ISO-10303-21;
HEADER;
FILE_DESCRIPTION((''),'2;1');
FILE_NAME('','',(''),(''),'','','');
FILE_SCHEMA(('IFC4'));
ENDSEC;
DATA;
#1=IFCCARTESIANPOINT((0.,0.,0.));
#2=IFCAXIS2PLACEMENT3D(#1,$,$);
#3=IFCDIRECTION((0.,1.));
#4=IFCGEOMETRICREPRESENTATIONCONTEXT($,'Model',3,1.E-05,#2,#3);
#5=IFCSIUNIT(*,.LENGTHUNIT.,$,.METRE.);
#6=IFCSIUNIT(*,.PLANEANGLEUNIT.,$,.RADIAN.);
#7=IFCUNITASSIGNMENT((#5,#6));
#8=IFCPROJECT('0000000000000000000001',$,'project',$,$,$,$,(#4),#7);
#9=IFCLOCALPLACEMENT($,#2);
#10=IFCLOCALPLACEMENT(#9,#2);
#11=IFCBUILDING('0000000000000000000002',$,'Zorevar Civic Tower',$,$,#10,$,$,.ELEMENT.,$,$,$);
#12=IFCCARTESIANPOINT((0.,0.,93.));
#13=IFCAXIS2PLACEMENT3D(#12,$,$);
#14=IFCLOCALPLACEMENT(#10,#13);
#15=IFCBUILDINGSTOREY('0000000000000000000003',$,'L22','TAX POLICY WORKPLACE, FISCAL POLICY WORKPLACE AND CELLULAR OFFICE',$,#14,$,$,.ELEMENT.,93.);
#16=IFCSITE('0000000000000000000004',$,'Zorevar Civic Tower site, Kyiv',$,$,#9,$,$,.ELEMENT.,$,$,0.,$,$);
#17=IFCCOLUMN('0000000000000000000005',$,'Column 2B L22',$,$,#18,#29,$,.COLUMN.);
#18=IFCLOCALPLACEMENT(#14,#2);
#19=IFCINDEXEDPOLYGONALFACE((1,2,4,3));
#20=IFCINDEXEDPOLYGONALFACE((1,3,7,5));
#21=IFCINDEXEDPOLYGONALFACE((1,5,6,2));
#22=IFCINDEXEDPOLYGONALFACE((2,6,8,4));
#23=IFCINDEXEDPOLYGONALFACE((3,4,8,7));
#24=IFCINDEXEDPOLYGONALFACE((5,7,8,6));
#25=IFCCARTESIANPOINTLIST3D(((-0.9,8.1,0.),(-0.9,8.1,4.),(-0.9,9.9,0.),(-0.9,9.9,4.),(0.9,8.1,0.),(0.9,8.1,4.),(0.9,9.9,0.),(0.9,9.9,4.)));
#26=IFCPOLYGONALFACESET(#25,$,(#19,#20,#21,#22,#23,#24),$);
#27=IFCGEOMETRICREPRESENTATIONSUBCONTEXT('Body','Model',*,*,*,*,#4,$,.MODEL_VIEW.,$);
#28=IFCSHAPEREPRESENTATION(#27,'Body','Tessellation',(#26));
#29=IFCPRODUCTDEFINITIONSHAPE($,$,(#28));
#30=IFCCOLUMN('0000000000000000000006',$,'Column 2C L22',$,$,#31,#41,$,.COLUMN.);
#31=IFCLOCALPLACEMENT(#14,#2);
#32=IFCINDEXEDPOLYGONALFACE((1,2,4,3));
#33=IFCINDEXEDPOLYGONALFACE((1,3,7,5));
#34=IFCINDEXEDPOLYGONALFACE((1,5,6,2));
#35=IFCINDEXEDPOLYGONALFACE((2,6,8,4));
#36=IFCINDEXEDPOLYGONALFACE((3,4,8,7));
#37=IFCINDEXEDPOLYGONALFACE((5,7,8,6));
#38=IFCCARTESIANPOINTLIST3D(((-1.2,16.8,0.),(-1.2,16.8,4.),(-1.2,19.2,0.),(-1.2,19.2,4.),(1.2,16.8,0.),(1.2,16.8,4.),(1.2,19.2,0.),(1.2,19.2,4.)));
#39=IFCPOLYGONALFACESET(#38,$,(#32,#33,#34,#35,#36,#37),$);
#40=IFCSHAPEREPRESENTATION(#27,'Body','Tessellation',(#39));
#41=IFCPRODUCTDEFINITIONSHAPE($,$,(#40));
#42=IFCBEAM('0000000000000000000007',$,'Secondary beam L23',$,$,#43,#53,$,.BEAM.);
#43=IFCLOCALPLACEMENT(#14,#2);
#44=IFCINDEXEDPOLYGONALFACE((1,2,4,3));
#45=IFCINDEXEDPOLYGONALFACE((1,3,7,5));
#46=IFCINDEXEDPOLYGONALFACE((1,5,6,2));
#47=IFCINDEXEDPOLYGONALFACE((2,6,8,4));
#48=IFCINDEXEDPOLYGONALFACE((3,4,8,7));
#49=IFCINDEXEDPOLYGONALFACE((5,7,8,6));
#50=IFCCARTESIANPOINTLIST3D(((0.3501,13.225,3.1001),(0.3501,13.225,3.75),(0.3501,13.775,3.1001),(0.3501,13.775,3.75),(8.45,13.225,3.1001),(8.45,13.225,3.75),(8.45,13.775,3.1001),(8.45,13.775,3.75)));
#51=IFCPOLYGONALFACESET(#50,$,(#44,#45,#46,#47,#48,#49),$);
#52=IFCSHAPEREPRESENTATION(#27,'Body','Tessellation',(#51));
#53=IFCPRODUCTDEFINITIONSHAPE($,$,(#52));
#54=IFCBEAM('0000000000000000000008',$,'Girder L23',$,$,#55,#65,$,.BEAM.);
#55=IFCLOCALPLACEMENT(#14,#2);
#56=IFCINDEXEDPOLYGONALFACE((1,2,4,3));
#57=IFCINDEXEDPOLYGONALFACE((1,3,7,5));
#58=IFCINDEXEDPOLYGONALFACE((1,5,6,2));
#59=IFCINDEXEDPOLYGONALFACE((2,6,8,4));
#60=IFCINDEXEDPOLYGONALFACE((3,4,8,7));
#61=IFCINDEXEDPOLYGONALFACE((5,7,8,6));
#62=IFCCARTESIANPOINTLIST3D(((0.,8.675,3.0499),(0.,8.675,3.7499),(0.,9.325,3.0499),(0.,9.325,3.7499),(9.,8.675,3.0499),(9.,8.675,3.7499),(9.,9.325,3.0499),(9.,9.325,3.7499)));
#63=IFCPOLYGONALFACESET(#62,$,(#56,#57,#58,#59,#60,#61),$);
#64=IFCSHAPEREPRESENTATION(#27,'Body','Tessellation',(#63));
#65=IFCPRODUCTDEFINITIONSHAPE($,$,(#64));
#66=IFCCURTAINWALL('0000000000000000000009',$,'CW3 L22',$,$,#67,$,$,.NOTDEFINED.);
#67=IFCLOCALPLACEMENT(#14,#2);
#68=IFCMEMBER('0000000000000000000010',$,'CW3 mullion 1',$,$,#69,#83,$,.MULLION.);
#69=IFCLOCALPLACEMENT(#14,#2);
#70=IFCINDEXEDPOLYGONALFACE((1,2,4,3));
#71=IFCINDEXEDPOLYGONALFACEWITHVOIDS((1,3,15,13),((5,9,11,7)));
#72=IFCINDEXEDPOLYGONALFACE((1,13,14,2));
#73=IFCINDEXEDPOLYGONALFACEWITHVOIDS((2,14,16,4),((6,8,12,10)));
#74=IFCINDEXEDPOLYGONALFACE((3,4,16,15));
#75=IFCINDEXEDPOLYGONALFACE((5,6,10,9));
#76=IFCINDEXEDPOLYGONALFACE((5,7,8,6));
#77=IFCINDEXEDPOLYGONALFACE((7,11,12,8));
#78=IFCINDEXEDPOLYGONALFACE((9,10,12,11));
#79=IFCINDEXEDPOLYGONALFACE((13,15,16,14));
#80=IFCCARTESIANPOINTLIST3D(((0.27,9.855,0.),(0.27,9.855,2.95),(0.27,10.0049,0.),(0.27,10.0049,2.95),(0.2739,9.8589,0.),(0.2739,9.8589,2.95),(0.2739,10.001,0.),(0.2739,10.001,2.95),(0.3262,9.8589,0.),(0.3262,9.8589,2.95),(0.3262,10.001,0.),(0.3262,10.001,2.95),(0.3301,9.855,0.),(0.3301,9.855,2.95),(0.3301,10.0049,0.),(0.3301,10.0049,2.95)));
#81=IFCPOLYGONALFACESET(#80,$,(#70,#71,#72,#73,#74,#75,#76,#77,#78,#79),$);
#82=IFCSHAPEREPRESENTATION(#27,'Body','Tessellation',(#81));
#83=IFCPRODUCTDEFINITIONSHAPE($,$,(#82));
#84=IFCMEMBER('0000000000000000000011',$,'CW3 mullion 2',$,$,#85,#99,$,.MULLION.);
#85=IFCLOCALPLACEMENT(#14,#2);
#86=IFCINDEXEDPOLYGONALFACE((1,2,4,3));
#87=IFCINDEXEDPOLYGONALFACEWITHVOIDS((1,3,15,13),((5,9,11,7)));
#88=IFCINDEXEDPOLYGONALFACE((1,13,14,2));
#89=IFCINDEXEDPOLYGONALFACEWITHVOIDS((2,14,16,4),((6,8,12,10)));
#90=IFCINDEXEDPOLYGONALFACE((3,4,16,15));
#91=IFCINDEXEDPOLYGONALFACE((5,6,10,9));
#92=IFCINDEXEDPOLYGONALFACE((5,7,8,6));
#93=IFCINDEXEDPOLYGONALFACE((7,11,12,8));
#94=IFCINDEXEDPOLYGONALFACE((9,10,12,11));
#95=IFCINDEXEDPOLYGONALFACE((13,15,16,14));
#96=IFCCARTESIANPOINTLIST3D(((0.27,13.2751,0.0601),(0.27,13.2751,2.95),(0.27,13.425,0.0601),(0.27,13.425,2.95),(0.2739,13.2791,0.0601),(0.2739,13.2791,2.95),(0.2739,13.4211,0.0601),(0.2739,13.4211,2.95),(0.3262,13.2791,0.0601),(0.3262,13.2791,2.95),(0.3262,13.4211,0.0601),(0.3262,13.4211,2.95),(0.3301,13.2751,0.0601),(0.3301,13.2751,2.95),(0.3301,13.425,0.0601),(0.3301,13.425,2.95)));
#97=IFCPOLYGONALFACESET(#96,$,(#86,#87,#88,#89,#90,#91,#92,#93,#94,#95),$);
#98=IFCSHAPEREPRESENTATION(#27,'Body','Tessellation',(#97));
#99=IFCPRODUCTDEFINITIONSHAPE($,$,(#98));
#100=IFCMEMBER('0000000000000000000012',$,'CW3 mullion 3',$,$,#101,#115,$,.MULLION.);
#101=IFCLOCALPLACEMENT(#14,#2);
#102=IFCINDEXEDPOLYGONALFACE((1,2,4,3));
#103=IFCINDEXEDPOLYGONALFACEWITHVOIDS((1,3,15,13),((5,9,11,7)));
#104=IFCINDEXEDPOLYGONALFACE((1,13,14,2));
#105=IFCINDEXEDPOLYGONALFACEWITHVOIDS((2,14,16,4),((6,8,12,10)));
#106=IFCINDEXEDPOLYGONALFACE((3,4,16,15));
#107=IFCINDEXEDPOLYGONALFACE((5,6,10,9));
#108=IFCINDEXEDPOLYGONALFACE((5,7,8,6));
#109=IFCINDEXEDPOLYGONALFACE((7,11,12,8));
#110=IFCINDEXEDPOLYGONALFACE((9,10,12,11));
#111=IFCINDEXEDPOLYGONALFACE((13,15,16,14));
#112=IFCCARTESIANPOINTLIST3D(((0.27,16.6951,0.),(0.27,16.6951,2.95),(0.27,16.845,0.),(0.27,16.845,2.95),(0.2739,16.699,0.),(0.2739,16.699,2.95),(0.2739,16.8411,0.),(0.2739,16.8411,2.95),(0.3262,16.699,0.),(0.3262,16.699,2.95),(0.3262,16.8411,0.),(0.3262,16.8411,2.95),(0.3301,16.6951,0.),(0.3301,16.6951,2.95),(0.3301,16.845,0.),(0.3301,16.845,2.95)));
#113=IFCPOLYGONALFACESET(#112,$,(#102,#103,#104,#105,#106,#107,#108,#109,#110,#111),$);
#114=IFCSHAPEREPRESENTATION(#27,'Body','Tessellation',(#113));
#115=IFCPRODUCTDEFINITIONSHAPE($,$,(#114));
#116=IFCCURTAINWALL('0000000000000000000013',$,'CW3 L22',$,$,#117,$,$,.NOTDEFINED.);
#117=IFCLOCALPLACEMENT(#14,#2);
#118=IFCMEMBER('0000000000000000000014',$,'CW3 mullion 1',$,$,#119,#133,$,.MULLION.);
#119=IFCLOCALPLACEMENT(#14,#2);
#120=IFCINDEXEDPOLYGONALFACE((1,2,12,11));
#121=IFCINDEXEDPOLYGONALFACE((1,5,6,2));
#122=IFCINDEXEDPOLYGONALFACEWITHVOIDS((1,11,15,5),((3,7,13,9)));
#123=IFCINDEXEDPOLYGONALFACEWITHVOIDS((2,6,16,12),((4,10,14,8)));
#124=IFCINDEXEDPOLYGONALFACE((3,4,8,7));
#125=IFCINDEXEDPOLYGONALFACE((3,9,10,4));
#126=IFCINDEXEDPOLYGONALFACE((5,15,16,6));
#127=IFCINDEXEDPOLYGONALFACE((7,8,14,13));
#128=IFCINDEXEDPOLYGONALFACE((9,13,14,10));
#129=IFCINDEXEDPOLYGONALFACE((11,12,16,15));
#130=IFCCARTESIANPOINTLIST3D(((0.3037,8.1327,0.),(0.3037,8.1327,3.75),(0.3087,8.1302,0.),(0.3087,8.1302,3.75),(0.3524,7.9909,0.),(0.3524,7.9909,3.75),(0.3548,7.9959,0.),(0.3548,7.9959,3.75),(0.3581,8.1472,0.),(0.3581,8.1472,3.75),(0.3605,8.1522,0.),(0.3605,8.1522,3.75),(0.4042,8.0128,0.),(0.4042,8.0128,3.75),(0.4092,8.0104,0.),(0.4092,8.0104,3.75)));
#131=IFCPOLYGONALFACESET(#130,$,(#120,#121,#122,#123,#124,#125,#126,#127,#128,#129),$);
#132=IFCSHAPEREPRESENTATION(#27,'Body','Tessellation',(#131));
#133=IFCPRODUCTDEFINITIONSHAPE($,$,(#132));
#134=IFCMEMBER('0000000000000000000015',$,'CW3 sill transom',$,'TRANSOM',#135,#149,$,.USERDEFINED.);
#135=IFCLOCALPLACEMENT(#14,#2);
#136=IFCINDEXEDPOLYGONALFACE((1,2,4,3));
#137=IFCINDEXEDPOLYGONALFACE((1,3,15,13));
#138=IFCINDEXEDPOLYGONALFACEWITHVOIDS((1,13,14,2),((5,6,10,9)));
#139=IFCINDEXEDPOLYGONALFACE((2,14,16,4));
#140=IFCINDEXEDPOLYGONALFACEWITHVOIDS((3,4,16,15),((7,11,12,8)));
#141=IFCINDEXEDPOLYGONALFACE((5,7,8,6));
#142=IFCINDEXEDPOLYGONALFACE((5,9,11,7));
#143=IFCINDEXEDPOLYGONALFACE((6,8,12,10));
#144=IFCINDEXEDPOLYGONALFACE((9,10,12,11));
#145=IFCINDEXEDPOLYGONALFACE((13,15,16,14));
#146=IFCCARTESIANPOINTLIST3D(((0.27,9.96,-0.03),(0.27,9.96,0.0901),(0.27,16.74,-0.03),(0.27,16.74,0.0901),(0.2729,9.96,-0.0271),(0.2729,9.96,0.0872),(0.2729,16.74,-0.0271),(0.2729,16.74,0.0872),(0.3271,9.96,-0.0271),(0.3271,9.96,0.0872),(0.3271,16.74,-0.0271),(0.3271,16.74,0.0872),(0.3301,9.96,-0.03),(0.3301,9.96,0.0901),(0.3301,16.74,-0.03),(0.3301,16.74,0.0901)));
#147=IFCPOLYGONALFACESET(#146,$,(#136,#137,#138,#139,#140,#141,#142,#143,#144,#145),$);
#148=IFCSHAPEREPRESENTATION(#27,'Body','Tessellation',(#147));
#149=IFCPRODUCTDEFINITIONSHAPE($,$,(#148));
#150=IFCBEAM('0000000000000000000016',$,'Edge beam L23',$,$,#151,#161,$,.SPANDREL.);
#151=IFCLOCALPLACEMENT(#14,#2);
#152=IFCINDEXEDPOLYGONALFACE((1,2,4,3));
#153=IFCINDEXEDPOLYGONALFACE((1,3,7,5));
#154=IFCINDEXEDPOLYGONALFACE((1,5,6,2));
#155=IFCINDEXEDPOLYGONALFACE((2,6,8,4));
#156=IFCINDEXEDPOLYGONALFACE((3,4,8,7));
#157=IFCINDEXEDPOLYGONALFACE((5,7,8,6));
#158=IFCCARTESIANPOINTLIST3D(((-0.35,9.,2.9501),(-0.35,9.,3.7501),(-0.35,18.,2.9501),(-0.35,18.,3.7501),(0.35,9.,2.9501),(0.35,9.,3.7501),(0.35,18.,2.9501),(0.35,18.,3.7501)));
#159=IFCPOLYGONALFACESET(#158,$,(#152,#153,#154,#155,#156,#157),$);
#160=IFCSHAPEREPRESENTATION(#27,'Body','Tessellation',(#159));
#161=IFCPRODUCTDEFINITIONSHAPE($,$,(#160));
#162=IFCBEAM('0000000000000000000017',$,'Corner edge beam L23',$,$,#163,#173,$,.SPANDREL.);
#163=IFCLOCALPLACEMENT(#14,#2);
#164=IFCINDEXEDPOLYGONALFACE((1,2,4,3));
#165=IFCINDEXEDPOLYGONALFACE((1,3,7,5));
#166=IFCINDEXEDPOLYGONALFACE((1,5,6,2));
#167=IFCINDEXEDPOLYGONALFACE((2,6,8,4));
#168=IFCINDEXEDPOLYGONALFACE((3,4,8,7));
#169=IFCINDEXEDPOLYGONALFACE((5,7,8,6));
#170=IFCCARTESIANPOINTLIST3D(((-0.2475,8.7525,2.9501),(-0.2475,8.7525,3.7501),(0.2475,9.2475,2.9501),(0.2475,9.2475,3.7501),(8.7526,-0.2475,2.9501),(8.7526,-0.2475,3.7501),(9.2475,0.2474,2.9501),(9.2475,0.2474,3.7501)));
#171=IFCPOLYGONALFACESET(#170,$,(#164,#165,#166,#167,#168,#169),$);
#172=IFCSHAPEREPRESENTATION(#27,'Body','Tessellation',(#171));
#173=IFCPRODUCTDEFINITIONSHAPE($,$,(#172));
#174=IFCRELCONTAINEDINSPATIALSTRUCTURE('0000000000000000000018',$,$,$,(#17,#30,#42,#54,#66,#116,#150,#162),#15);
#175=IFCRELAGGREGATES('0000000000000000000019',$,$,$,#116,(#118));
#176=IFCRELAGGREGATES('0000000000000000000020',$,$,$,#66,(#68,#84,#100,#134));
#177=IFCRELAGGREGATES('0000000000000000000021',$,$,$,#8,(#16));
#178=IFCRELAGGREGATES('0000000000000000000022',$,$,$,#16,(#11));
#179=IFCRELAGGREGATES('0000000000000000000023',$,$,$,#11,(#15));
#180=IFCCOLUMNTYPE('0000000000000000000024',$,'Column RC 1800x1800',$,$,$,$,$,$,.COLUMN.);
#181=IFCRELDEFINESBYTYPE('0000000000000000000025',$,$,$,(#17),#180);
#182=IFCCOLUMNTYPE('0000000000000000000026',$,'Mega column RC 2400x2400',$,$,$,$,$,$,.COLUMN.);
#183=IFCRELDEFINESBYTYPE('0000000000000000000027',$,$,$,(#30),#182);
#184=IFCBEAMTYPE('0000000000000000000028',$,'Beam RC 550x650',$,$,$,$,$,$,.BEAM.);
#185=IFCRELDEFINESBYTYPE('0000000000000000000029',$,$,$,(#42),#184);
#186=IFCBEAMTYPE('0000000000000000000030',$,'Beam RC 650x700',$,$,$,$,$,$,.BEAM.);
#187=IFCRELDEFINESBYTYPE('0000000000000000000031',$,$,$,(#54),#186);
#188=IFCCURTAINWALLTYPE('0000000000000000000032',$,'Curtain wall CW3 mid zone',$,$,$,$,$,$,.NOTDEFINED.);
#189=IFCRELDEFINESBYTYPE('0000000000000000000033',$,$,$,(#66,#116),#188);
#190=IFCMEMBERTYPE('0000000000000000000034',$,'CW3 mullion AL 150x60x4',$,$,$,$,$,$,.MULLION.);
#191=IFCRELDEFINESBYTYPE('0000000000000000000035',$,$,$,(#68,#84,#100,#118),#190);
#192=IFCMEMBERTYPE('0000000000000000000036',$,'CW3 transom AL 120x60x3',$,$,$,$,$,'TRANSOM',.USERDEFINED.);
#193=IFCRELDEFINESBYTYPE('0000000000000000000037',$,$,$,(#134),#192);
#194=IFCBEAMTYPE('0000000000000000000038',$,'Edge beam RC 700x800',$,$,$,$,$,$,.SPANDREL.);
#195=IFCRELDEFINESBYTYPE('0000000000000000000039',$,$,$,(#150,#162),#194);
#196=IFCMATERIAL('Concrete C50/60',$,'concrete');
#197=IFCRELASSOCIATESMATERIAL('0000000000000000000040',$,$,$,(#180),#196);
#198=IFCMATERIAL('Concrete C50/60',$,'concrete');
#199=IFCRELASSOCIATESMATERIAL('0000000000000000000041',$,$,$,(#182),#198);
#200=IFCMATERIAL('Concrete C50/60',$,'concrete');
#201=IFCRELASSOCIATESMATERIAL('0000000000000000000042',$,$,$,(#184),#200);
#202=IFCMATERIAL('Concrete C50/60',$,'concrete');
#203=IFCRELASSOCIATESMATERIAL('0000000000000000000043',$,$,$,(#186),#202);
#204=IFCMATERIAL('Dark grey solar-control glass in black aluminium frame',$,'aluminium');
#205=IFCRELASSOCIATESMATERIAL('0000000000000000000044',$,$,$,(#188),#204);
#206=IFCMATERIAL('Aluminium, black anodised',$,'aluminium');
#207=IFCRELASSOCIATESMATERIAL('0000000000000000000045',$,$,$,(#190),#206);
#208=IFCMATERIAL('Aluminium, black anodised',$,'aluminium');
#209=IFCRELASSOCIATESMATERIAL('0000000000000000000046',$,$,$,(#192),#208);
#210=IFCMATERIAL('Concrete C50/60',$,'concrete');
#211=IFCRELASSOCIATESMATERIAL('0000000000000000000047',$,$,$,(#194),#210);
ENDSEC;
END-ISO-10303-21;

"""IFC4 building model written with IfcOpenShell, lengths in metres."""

from ifc_helpers import new_model, si_unit, direction, frame, origin, origin_2d, place, context, subcontext, project, spatial, rectangle, hollow_rectangle, extrude, material, material_profile, profile_set, type_object, element, aggregate, save


model = new_model("IFC4")

# Units and contexts
model_context = context("Model", 3, precision=1e-05, world=origin(), true_north=direction((0.0, 1.0)))
body_context = subcontext(model_context, "Body", "Model", "MODEL_VIEW")
ifc_project = project(units=[si_unit("LENGTHUNIT", "METRE"), si_unit("PLANEANGLEUNIT", "RADIAN")], contexts=[model_context])

# Site, building, storey
site_placement = place(None, origin())
site = spatial("IfcSite", under=ifc_project, at=site_placement, Name="Zorevar Civic Tower site, Kyiv", CompositionType="ELEMENT", RefElevation=0.0)
building_placement = place(site_placement, origin())
building = spatial("IfcBuilding", under=site, at=building_placement, Name="Zorevar Civic Tower", CompositionType="ELEMENT")
storey_placement = place(building_placement, frame((0.0, 0.0, 93.0)))
storey = spatial("IfcBuildingStorey", under=building, at=storey_placement, Name="L22", Description="TAX POLICY WORKPLACE, FISCAL POLICY WORKPLACE AND CELLULAR OFFICE", CompositionType="ELEMENT", Elevation=93.0)

# Columns
ifc_material_1 = material(Name="Concrete C50/60", Category="concrete")
ifc_material_profile_1 = material_profile(ifc_material_1, rectangle(XDim=1.8, YDim=1.8, at=origin_2d()), Name="RC 1800x1800")
ifc_profile_set_1 = profile_set([ifc_material_profile_1], Name="Concrete C50/60")
column_type_1 = type_object("IfcColumnType", Name="Column RC 1800x1800", PredefinedType="COLUMN", material=ifc_profile_set_1)
column_1_placement = place(storey_placement, frame((0.0, 9.0, 0.0), z_axis=(0.0, 0.0, 1.0), x_axis=(1.0, 0.0, 0.0)))
element("IfcColumn", 1, at=column_1_placement, inside=storey, type_object=column_type_1, Name="Column 2B L22", PredefinedType="COLUMN", context=body_context, shape_type="SweptSolid", body=[
    extrude(rectangle(XDim=1.8, YDim=1.8, at=origin_2d()), origin(), (0.0, 0.0, 1.0), 4.0),
])
ifc_material_2 = material(Name="Concrete C50/60", Category="concrete")
ifc_material_profile_2 = material_profile(ifc_material_2, rectangle(XDim=2.3999, YDim=2.3999, at=origin_2d()), Name="RC 2400x2400")
ifc_profile_set_2 = profile_set([ifc_material_profile_2], Name="Concrete C50/60")
column_type_2 = type_object("IfcColumnType", Name="Mega column RC 2400x2400", PredefinedType="COLUMN", material=ifc_profile_set_2)
column_2_placement = place(storey_placement, frame((0.0, 18.0, 0.0), z_axis=(0.0, 0.0, 1.0), x_axis=(1.0, 0.0, 0.0)))
element("IfcColumn", 2, at=column_2_placement, inside=storey, type_object=column_type_2, Name="Column 2C L22", PredefinedType="COLUMN", context=body_context, shape_type="SweptSolid", body=[
    extrude(rectangle(XDim=2.3999, YDim=2.3999, at=origin_2d()), origin(), (0.0, 0.0, 1.0), 4.0),
])

# Beams
ifc_material_3 = material(Name="Concrete C50/60", Category="concrete")
ifc_material_profile_3 = material_profile(ifc_material_3, rectangle(XDim=0.55, YDim=0.6499, at=origin_2d()), Name="RC 550x650")
ifc_profile_set_3 = profile_set([ifc_material_profile_3], Name="Concrete C50/60")
beam_type_1 = type_object("IfcBeamType", Name="Beam RC 550x650", PredefinedType="BEAM", material=ifc_profile_set_3)
beam_1_placement = place(storey_placement, frame((0.3501, 13.5, 3.425), z_axis=(1.0, 0.0, 0.0), x_axis=(0.0, 1.0, 0.0)))
element("IfcBeam", 3, at=beam_1_placement, inside=storey, type_object=beam_type_1, Name="Secondary beam L23", PredefinedType="BEAM", context=body_context, shape_type="SweptSolid", body=[
    extrude(rectangle(XDim=0.55, YDim=0.6499, at=origin_2d()), origin(), (0.0, 0.0, 1.0), 8.0999),
])
ifc_material_4 = material(Name="Concrete C50/60", Category="concrete")
ifc_material_profile_4 = material_profile(ifc_material_4, rectangle(XDim=0.6499, YDim=0.7, at=origin_2d()), Name="RC 650x700")
ifc_profile_set_4 = profile_set([ifc_material_profile_4], Name="Concrete C50/60")
beam_type_2 = type_object("IfcBeamType", Name="Beam RC 650x700", PredefinedType="BEAM", material=ifc_profile_set_4)
beam_2_placement = place(storey_placement, frame((0.0, 9.0, 3.3999), z_axis=(1.0, 0.0, 0.0), x_axis=(0.0, 1.0, 0.0)))
element("IfcBeam", 4, at=beam_2_placement, inside=storey, type_object=beam_type_2, Name="Girder L23", PredefinedType="BEAM", context=body_context, shape_type="SweptSolid", body=[
    extrude(rectangle(XDim=0.6499, YDim=0.7, at=origin_2d()), origin(), (0.0, 0.0, 1.0), 9.0),
])

# Curtain wall, members
ifc_material_5 = material(Name="Dark grey solar-control glass in black aluminium frame", Category="aluminium")
curtain_wall_type = type_object("IfcCurtainWallType", Name="Curtain wall CW3 mid zone", PredefinedType="NOTDEFINED", material=ifc_material_5)
curtain_wall_1_placement = place(storey_placement, origin())
curtain_wall_1 = element("IfcCurtainWall", 5, at=curtain_wall_1_placement, inside=storey, type_object=curtain_wall_type, Name="CW3 L22", PredefinedType="NOTDEFINED")
ifc_material_6 = material(Name="Aluminium, black anodised", Category="aluminium")
ifc_material_profile_5 = material_profile(ifc_material_6, hollow_rectangle(XDim=0.0601, YDim=0.1499, WallThickness=0.0039, at=origin_2d()), Name="AL 150x60x4")
ifc_profile_set_5 = profile_set([ifc_material_profile_5], Name="Aluminium, black anodised")
member_type_1 = type_object("IfcMemberType", Name="CW3 mullion AL 150x60x4", PredefinedType="MULLION", material=ifc_profile_set_5)
member_1_placement = place(storey_placement, frame((0.3, 9.9299, 0.0), z_axis=(0.0, 0.0, 1.0), x_axis=(-1.0, 0.0, 0.0)))
member_1 = element("IfcMember", 6, at=member_1_placement, type_object=member_type_1, Name="CW3 mullion 1", PredefinedType="MULLION", context=body_context, shape_type="SweptSolid", body=[
    extrude(hollow_rectangle(XDim=0.0601, YDim=0.1499, WallThickness=0.0039, at=origin_2d()), origin(), (0.0, 0.0, 1.0), 2.95),
])
member_2_placement = place(storey_placement, frame((0.3, 13.3501, 0.0601), z_axis=(0.0, 0.0, 1.0), x_axis=(-1.0, 0.0, 0.0)))
member_2 = element("IfcMember", 7, at=member_2_placement, type_object=member_type_1, Name="CW3 mullion 2", PredefinedType="MULLION", context=body_context, shape_type="SweptSolid", body=[
    extrude(hollow_rectangle(XDim=0.0601, YDim=0.1499, WallThickness=0.0039, at=origin_2d()), origin(), (0.0, 0.0, 1.0), 2.8899),
])
member_3_placement = place(storey_placement, frame((0.3, 16.77, 0.0), z_axis=(0.0, 0.0, 1.0), x_axis=(-1.0, 0.0, 0.0)))
member_3 = element("IfcMember", 8, at=member_3_placement, type_object=member_type_1, Name="CW3 mullion 3", PredefinedType="MULLION", context=body_context, shape_type="SweptSolid", body=[
    extrude(hollow_rectangle(XDim=0.0601, YDim=0.1499, WallThickness=0.0039, at=origin_2d()), origin(), (0.0, 0.0, 1.0), 2.95),
])

# Curtain wall, member
curtain_wall_2_placement = place(storey_placement, origin())
curtain_wall_2 = element("IfcCurtainWall", 9, at=curtain_wall_2_placement, inside=storey, type_object=curtain_wall_type, Name="CW3 L22", PredefinedType="NOTDEFINED")
member_4_placement = place(storey_placement, frame((0.3564, 8.0715, 0.0), z_axis=(0.0, 0.0, 1.0), x_axis=(0.945756, 0.324878, 0.0)))
member_4 = element("IfcMember", 10, at=member_4_placement, type_object=member_type_1, Name="CW3 mullion 1", PredefinedType="MULLION", context=body_context, shape_type="SweptSolid", body=[
    extrude(hollow_rectangle(XDim=0.0601, YDim=0.1499, WallThickness=0.0039, at=origin_2d()), origin(), (0.0, 0.0, 1.0), 3.75),
])
aggregate(curtain_wall_2, [member_4])

# Member
ifc_material_7 = material(Name="Aluminium, black anodised", Category="aluminium")
ifc_material_profile_6 = material_profile(ifc_material_7, hollow_rectangle(XDim=0.0601, YDim=0.1201, WallThickness=0.0029, at=origin_2d()), Name="AL 120x60x3")
ifc_profile_set_6 = profile_set([ifc_material_profile_6], Name="Aluminium, black anodised")
member_type_2 = type_object("IfcMemberType", Name="CW3 transom AL 120x60x3", ElementType="TRANSOM", PredefinedType="USERDEFINED", material=ifc_profile_set_6)
member_5_placement = place(storey_placement, frame((0.3, 9.96, 0.03), z_axis=(0.0, 1.0, 0.0), x_axis=(-1.0, 0.0, 0.0)))
member_5 = element("IfcMember", 11, at=member_5_placement, type_object=member_type_2, Name="CW3 sill transom", ObjectType="TRANSOM", PredefinedType="USERDEFINED", context=body_context, shape_type="SweptSolid", body=[
    extrude(hollow_rectangle(XDim=0.0601, YDim=0.1201, WallThickness=0.0029, at=origin_2d()), origin(), (0.0, 0.0, 1.0), 6.78),
])

# Beams
ifc_material_8 = material(Name="Concrete C50/60", Category="concrete")
ifc_material_profile_7 = material_profile(ifc_material_8, rectangle(XDim=0.7, YDim=0.8, at=origin_2d()), Name="RC 700x800")
ifc_profile_set_7 = profile_set([ifc_material_profile_7], Name="Concrete C50/60")
beam_type_3 = type_object("IfcBeamType", Name="Edge beam RC 700x800", PredefinedType="SPANDREL", material=ifc_profile_set_7)
beam_3_placement = place(storey_placement, frame((0.0, 9.0, 3.3501), z_axis=(0.0, 1.0, 0.0), x_axis=(-1.0, 0.0, 0.0)))
element("IfcBeam", 12, at=beam_3_placement, inside=storey, type_object=beam_type_3, Name="Edge beam L23", PredefinedType="SPANDREL", context=body_context, shape_type="SweptSolid", body=[
    extrude(rectangle(XDim=0.7, YDim=0.8, at=origin_2d()), origin(), (0.0, 0.0, 1.0), 9.0),
])
beam_4_placement = place(storey_placement, frame((0.0, 9.0, 3.3501), z_axis=(0.707107, -0.707107, 0.0), x_axis=(0.707107, 0.707107, 0.0)))
element("IfcBeam", 13, at=beam_4_placement, inside=storey, type_object=beam_type_3, Name="Corner edge beam L23", PredefinedType="SPANDREL", context=body_context, shape_type="SweptSolid", body=[
    extrude(rectangle(XDim=0.7, YDim=0.8, at=origin_2d()), origin(), (0.0, 0.0, 1.0), 12.728),
])

aggregate(curtain_wall_1, [member_1, member_2, member_3, member_5])

save(model, "model.ifc")
